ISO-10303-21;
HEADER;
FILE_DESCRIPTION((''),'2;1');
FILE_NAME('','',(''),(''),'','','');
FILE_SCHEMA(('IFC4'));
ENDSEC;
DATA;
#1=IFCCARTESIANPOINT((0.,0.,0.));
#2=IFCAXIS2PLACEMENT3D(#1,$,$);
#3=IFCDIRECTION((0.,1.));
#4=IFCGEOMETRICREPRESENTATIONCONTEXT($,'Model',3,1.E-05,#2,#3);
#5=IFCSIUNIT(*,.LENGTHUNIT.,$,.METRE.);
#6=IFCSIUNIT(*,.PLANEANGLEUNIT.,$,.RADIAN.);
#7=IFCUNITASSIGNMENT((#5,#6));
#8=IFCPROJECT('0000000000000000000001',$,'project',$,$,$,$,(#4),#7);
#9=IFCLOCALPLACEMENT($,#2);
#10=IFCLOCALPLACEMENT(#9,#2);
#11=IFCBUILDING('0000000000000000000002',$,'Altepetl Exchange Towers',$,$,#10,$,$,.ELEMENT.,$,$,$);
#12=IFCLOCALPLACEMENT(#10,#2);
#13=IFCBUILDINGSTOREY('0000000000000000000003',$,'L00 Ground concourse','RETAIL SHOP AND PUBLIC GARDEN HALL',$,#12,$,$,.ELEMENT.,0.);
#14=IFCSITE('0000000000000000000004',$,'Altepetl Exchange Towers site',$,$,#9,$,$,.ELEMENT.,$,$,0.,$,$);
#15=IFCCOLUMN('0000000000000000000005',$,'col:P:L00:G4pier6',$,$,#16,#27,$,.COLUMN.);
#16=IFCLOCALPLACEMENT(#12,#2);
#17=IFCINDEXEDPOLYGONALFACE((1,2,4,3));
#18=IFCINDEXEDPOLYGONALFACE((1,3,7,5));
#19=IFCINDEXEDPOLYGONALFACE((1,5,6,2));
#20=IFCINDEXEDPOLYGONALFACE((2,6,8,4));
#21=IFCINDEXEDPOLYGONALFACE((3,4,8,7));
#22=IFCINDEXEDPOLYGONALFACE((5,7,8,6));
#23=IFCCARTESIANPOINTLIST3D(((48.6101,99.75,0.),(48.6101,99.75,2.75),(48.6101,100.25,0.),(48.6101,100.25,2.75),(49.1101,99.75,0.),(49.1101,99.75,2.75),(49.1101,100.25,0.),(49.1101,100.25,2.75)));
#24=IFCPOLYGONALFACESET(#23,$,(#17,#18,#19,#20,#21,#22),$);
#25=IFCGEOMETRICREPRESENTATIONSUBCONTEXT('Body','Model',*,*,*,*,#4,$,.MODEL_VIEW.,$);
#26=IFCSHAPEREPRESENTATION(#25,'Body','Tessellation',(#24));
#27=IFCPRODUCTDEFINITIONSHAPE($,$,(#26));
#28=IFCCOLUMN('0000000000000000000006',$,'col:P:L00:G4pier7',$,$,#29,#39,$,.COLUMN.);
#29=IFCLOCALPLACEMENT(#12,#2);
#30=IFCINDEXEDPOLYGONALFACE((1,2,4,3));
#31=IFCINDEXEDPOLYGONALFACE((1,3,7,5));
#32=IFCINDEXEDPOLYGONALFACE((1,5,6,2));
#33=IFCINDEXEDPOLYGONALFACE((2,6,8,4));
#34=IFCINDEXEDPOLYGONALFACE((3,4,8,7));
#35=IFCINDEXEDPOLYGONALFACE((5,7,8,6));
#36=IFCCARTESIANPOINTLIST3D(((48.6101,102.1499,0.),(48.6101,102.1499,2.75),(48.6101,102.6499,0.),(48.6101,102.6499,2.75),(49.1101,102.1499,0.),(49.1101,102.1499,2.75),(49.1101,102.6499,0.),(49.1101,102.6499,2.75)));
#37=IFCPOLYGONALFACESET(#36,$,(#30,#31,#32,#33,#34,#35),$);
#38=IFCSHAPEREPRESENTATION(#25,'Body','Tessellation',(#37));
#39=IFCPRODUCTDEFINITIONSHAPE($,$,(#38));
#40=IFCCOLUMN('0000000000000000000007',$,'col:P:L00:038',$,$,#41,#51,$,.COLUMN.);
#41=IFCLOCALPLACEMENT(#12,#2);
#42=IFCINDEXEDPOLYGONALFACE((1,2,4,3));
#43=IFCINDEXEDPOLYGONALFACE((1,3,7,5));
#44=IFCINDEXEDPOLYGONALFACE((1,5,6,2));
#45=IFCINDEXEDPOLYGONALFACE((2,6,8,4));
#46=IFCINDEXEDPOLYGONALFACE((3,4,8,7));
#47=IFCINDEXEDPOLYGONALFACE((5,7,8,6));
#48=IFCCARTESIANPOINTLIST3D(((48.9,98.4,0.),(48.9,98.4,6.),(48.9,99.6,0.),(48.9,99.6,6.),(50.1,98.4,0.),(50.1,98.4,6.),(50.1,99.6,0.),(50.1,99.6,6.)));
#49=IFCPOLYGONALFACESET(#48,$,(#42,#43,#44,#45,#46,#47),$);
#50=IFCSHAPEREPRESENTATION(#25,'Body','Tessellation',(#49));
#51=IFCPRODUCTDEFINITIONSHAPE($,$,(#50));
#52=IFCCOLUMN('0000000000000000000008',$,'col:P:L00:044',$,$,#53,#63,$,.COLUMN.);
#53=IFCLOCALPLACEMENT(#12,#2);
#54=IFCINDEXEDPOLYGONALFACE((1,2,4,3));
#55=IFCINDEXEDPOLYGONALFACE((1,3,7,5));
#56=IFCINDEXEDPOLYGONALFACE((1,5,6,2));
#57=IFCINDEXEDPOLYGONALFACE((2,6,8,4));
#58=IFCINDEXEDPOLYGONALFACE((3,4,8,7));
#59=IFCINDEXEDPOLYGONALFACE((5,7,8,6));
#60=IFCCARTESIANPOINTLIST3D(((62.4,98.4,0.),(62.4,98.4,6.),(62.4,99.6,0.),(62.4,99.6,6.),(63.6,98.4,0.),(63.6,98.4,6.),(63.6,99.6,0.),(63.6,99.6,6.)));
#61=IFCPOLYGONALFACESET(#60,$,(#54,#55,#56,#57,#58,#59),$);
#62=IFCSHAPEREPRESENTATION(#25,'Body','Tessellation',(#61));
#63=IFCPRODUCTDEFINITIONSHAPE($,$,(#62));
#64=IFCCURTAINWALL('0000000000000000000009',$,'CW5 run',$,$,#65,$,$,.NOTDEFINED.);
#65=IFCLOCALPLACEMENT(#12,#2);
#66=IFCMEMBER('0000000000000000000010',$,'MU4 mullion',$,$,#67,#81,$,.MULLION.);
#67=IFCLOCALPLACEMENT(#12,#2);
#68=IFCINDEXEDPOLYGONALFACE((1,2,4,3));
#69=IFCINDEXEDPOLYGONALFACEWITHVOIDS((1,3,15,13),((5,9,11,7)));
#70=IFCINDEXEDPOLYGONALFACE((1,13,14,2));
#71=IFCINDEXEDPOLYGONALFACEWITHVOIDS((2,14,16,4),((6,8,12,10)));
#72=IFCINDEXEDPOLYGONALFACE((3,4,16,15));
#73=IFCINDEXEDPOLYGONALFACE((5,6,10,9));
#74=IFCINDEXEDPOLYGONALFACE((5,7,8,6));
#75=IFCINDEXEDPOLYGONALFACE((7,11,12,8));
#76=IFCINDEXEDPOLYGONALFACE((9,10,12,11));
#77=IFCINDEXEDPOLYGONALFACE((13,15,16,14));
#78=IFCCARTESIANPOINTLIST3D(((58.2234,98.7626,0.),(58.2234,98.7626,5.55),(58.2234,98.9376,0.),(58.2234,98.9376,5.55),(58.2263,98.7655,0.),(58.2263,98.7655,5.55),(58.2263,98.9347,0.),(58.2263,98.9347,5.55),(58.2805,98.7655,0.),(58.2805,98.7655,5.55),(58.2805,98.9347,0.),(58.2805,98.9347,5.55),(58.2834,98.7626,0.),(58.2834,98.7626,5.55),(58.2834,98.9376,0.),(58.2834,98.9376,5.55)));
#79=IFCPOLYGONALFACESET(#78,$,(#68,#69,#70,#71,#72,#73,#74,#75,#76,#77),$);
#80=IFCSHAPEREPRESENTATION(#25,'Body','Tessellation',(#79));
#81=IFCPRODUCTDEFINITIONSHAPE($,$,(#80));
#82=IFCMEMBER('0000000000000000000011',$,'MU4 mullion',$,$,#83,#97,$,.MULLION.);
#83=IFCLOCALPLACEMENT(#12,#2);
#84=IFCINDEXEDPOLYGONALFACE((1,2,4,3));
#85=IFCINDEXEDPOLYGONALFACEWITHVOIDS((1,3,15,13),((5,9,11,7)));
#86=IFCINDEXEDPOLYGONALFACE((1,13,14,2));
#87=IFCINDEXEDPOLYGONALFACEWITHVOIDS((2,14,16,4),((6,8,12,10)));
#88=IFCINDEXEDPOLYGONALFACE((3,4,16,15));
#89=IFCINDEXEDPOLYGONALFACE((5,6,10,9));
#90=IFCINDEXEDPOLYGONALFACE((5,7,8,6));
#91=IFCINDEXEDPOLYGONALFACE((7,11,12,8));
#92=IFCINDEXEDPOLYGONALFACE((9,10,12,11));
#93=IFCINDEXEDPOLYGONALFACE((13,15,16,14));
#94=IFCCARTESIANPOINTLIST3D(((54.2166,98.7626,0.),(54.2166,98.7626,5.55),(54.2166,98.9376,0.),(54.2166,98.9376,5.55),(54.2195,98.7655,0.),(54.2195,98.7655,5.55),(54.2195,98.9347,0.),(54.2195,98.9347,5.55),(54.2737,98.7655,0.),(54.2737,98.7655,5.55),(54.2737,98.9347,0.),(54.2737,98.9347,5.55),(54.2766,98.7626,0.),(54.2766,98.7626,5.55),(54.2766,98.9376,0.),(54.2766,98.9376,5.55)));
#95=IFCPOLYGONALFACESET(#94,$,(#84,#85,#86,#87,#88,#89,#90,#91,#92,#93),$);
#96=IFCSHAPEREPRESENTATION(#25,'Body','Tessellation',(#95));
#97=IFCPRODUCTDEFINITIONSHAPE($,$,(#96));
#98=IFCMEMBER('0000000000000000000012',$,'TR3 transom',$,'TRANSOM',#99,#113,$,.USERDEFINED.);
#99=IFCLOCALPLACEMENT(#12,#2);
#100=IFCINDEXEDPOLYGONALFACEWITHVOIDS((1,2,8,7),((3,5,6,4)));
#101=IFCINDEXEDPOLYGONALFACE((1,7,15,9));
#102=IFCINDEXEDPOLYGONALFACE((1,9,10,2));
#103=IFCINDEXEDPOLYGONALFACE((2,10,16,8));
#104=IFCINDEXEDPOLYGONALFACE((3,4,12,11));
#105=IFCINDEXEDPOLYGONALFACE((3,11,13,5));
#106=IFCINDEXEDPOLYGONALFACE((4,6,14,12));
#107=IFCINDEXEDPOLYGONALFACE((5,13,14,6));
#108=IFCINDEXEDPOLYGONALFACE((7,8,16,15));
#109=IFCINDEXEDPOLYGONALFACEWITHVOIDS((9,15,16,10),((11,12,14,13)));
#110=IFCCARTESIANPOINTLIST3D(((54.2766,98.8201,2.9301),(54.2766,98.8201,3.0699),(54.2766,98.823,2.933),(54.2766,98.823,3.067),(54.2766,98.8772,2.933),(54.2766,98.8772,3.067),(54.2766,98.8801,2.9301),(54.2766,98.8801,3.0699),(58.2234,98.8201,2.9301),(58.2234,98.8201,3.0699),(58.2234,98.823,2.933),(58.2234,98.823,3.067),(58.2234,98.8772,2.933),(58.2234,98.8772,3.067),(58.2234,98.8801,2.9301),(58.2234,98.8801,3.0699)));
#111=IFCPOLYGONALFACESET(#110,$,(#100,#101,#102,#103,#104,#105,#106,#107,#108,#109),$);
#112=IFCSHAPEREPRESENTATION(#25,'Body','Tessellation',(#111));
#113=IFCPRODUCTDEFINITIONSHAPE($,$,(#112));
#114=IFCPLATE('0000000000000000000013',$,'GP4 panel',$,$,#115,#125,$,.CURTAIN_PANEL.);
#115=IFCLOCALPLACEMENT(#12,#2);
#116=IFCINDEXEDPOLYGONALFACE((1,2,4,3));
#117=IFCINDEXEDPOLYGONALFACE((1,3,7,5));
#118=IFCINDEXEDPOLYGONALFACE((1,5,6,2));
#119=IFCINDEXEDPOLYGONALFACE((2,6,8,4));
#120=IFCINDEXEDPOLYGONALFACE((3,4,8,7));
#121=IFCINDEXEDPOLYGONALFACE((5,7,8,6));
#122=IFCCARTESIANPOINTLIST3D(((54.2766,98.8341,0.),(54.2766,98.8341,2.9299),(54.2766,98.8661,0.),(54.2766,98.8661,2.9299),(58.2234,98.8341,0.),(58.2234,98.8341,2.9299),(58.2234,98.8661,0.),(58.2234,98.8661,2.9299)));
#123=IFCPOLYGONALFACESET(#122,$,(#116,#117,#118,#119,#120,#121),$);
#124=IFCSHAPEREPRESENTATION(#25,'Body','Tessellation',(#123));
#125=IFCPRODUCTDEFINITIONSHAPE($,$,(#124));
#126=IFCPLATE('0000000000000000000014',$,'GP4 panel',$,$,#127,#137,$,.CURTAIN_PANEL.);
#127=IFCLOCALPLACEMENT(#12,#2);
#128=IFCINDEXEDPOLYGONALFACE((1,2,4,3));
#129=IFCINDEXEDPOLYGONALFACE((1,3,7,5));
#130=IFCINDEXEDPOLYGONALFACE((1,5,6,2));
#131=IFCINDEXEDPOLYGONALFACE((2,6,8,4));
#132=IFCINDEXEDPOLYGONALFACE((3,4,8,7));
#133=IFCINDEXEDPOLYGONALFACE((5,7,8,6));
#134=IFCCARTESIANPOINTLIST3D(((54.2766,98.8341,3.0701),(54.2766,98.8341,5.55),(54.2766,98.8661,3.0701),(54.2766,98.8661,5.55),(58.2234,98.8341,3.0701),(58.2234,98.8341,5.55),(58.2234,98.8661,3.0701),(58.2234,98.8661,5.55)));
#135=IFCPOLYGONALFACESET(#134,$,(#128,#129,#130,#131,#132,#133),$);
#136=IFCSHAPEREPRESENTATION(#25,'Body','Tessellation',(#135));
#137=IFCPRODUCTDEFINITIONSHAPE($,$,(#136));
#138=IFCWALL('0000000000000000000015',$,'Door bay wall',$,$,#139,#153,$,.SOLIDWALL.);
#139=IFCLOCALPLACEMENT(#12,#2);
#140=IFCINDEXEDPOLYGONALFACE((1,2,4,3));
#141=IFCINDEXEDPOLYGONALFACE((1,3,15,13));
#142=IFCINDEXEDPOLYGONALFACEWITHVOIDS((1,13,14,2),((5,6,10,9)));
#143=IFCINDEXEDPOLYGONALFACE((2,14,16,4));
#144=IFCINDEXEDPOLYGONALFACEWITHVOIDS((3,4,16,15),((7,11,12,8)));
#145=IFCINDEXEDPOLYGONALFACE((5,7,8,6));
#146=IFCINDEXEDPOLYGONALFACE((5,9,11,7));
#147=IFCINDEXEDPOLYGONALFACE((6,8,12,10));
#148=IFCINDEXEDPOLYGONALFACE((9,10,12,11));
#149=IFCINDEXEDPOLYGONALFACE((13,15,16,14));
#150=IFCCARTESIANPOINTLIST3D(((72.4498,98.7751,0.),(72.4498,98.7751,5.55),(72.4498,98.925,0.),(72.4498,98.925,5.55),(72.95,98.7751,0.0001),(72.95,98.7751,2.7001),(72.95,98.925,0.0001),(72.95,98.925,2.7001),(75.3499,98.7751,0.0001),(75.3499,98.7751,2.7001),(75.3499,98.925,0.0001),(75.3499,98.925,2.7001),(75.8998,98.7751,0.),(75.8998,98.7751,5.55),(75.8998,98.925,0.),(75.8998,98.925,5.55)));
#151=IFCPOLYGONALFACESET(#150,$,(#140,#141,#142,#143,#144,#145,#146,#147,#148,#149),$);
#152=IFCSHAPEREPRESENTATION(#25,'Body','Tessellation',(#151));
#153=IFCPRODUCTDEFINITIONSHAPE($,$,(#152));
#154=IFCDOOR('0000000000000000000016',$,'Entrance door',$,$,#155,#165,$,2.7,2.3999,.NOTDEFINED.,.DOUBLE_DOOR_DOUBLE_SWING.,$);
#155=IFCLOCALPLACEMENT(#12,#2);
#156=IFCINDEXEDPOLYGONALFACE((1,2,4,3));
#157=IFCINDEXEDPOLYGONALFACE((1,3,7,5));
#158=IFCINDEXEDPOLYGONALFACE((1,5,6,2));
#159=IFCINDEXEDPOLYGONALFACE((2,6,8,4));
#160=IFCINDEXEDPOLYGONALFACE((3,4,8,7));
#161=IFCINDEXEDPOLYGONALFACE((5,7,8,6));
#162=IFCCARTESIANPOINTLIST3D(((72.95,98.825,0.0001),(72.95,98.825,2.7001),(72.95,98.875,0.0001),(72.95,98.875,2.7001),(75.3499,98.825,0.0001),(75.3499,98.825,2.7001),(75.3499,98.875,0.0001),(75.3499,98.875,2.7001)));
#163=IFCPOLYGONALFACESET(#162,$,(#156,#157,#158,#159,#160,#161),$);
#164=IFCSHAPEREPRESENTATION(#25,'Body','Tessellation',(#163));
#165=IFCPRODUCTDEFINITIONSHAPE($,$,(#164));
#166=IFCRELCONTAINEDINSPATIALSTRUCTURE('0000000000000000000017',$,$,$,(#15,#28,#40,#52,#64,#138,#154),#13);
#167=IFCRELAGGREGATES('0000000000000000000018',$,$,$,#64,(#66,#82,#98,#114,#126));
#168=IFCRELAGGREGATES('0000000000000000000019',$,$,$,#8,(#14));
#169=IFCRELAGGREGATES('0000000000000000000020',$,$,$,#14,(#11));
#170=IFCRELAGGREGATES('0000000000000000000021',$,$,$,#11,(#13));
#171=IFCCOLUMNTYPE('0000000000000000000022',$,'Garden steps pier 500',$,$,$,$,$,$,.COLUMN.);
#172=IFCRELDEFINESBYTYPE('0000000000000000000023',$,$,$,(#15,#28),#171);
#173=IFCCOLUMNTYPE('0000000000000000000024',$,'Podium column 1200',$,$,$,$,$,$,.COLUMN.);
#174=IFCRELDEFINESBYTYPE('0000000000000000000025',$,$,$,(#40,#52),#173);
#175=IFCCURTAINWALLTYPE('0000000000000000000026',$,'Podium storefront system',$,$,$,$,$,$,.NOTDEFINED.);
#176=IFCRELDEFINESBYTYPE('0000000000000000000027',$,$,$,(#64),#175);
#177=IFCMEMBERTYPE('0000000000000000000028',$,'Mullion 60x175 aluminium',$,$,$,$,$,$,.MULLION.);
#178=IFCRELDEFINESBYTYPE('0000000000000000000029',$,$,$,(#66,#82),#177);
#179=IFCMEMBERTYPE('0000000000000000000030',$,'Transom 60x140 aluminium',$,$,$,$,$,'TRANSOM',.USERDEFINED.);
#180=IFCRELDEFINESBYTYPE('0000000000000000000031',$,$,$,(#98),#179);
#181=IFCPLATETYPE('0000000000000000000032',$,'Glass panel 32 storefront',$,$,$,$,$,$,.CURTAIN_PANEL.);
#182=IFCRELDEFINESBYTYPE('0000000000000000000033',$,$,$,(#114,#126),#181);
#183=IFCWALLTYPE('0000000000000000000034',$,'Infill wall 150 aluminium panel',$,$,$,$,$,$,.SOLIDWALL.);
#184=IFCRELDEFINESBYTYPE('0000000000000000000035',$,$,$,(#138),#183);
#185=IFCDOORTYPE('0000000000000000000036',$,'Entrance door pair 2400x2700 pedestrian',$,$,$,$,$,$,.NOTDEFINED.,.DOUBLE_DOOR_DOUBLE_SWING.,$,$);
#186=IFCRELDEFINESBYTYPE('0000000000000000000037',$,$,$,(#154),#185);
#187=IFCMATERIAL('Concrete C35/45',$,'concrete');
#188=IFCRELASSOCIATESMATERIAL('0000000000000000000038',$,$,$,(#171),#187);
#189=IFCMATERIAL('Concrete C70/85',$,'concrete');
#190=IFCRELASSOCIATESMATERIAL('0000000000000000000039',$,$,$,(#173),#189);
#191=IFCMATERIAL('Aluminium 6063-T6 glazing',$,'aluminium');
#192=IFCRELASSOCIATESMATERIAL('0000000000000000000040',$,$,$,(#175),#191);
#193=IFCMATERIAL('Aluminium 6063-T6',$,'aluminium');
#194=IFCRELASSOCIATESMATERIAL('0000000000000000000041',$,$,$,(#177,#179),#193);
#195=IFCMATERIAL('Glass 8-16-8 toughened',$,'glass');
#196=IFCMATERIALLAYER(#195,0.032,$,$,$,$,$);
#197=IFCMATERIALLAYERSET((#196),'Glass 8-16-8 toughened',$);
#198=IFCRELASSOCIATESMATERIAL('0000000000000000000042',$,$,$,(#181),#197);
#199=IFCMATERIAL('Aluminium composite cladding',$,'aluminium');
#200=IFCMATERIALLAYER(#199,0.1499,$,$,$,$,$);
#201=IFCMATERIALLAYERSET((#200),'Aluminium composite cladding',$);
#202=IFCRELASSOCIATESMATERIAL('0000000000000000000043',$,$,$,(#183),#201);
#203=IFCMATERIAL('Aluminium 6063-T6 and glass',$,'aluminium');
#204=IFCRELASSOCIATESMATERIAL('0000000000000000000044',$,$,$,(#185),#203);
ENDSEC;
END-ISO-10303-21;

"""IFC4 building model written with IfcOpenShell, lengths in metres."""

from ifc_helpers import new_model, si_unit, direction, frame, frame_2d, origin, origin_2d, place, context, subcontext, project, spatial, rectangle, hollow_rectangle, extrude, material, layer, layer_set, material_profile, profile_set, type_object, element, fill, aggregate, save


model = new_model("IFC4")

# Units and contexts
model_context = context("Model", 3, precision=1e-05, world=origin(), true_north=direction((0.0, 1.0)))
body_context = subcontext(model_context, "Body", "Model", "MODEL_VIEW")
ifc_project = project(units=[si_unit("LENGTHUNIT", "METRE"), si_unit("PLANEANGLEUNIT", "RADIAN")], contexts=[model_context])

# Site, building, storey
site_placement = place(None, origin())
site = spatial("IfcSite", under=ifc_project, at=site_placement, Name="Altepetl Exchange Towers site", CompositionType="ELEMENT", RefElevation=0.0)
building_placement = place(site_placement, origin())
building = spatial("IfcBuilding", under=site, at=building_placement, Name="Altepetl Exchange Towers", CompositionType="ELEMENT")
storey_placement = place(building_placement, origin())
storey = spatial("IfcBuildingStorey", under=building, at=storey_placement, Name="L00 Ground concourse", Description="RETAIL SHOP AND PUBLIC GARDEN HALL", CompositionType="ELEMENT", Elevation=0.0)

# Columns
ifc_material_1 = material(Name="Concrete C35/45", Category="concrete")
ifc_material_profile_1 = material_profile(ifc_material_1, rectangle(XDim=0.5, YDim=0.5, at=origin_2d()), Name="500 x 500")
ifc_profile_set_1 = profile_set([ifc_material_profile_1], Name="Concrete C35/45")
column_type_1 = type_object("IfcColumnType", Name="Garden steps pier 500", PredefinedType="COLUMN", material=ifc_profile_set_1)
for number, where, name in (
    (1, (48.8601, 100.0, 0.0), "col:P:L00:G4pier6"),
    (2, (48.8601, 102.3999, 0.0), "col:P:L00:G4pier7"),
):
    element("IfcColumn", number, at=place(storey_placement, frame(where)), inside=storey, type_object=column_type_1, Name=name, PredefinedType="COLUMN", context=body_context, shape_type="SweptSolid", body=[
        extrude(rectangle(XDim=0.5, YDim=0.5, at=origin_2d()), origin(), (0.0, 0.0, 1.0), 2.75),
    ])
ifc_material_2 = material(Name="Concrete C70/85", Category="concrete")
ifc_material_profile_2 = material_profile(ifc_material_2, rectangle(XDim=1.2, YDim=1.2, at=origin_2d()), Name="1200 x 1200")
ifc_profile_set_2 = profile_set([ifc_material_profile_2], Name="Concrete C70/85")
column_type_2 = type_object("IfcColumnType", Name="Podium column 1200", PredefinedType="COLUMN", material=ifc_profile_set_2)
for number, where, name in (
    (3, (49.5, 99.0, 0.0), "col:P:L00:038"),
    (4, (63.0, 99.0, 0.0), "col:P:L00:044"),
):
    element("IfcColumn", number, at=place(storey_placement, frame(where)), inside=storey, type_object=column_type_2, Name=name, PredefinedType="COLUMN", context=body_context, shape_type="SweptSolid", body=[
        extrude(rectangle(XDim=1.2, YDim=1.2, at=origin_2d()), origin(), (0.0, 0.0, 1.0), 6.0),
    ])

# Curtain wall, members, plates
ifc_material_3 = material(Name="Aluminium 6063-T6 glazing", Category="aluminium")
curtain_wall_type = type_object("IfcCurtainWallType", Name="Podium storefront system", PredefinedType="NOTDEFINED", material=ifc_material_3)
curtain_wall_placement = place(storey_placement, origin())
curtain_wall = element("IfcCurtainWall", 5, at=curtain_wall_placement, inside=storey, type_object=curtain_wall_type, Name="CW5 run", PredefinedType="NOTDEFINED")
ifc_material_4 = material(Name="Aluminium 6063-T6", Category="aluminium")
ifc_material_profile_3 = material_profile(ifc_material_4, hollow_rectangle(XDim=0.0601, YDim=0.175, WallThickness=0.0029, at=origin_2d()), Name="Mullion 60x175 aluminium")
ifc_profile_set_3 = profile_set([ifc_material_profile_3], Name="Aluminium 6063-T6")
member_type_1 = type_object("IfcMemberType", Name="Mullion 60x175 aluminium", PredefinedType="MULLION", material=ifc_profile_set_3)
member_1_placement = place(storey_placement, frame((58.2534, 98.8501, 0.0), z_axis=(0.0, 0.0, 1.0), x_axis=(-1.0, 0.0, 0.0)))
member_1 = element("IfcMember", 6, at=member_1_placement, type_object=member_type_1, Name="MU4 mullion", PredefinedType="MULLION", context=body_context, shape_type="SweptSolid", body=[
    extrude(hollow_rectangle(XDim=0.0601, YDim=0.175, WallThickness=0.0029, at=origin_2d()), origin(), (0.0, 0.0, 1.0), 5.55),
])
member_2_placement = place(storey_placement, frame((54.2466, 98.8501, 0.0), z_axis=(0.0, 0.0, 1.0), x_axis=(-1.0, 0.0, 0.0)))
member_2 = element("IfcMember", 7, at=member_2_placement, type_object=member_type_1, Name="MU4 mullion", PredefinedType="MULLION", context=body_context, shape_type="SweptSolid", body=[
    extrude(hollow_rectangle(XDim=0.0601, YDim=0.175, WallThickness=0.0029, at=origin_2d()), origin(), (0.0, 0.0, 1.0), 5.55),
])
ifc_material_profile_4 = material_profile(ifc_material_4, hollow_rectangle(XDim=0.0601, YDim=0.1399, WallThickness=0.0029, at=origin_2d()), Name="Transom 60x140 aluminium")
ifc_profile_set_4 = profile_set([ifc_material_profile_4], Name="Aluminium 6063-T6")
member_type_2 = type_object("IfcMemberType", Name="Transom 60x140 aluminium", ElementType="TRANSOM", PredefinedType="USERDEFINED", material=ifc_profile_set_4)
member_3_placement = place(storey_placement, frame((58.2234, 98.8501, 3.0), z_axis=(-1.0, 0.0, 0.0), x_axis=(0.0, -1.0, 0.0)))
member_3 = element("IfcMember", 8, at=member_3_placement, type_object=member_type_2, Name="TR3 transom", ObjectType="TRANSOM", PredefinedType="USERDEFINED", context=body_context, shape_type="SweptSolid", body=[
    extrude(hollow_rectangle(XDim=0.0601, YDim=0.1399, WallThickness=0.0029, at=origin_2d()), origin(), (0.0, 0.0, 1.0), 3.9468),
])
ifc_material_5 = material(Name="Glass 8-16-8 toughened", Category="glass")
ifc_layer_1 = layer(ifc_material_5, 0.032)
ifc_layer_set_1 = layer_set([ifc_layer_1], Name="Glass 8-16-8 toughened")
plate_type = type_object("IfcPlateType", Name="Glass panel 32 storefront", PredefinedType="CURTAIN_PANEL", material=ifc_layer_set_1)
plate_1_placement = place(storey_placement, frame((56.25, 98.8501, 0.0), z_axis=(0.0, 0.0, 1.0), x_axis=(-1.0, 0.0, 0.0)))
plate_1 = element("IfcPlate", 9, at=plate_1_placement, type_object=plate_type, Name="GP4 panel", PredefinedType="CURTAIN_PANEL", context=body_context, shape_type="SweptSolid", body=[
    extrude(rectangle(XDim=3.9468, YDim=0.032, at=origin_2d()), origin(), (0.0, 0.0, 1.0), 2.9299),
])
plate_2_placement = place(storey_placement, frame((56.25, 98.8501, 3.0701), z_axis=(0.0, 0.0, 1.0), x_axis=(-1.0, 0.0, 0.0)))
plate_2 = element("IfcPlate", 10, at=plate_2_placement, type_object=plate_type, Name="GP4 panel", PredefinedType="CURTAIN_PANEL", context=body_context, shape_type="SweptSolid", body=[
    extrude(rectangle(XDim=3.9468, YDim=0.032, at=origin_2d()), origin(), (0.0, 0.0, 1.0), 2.48),
])
aggregate(curtain_wall, [member_1, member_2, member_3, plate_1, plate_2])

# Wall, opening, door
ifc_material_6 = material(Name="Aluminium composite cladding", Category="aluminium")
ifc_layer_2 = layer(ifc_material_6, 0.1499)
ifc_layer_set_2 = layer_set([ifc_layer_2], Name="Aluminium composite cladding")
wall_type_1 = type_object("IfcWallType", Name="Infill wall 150 aluminium panel", PredefinedType="SOLIDWALL", material=ifc_layer_set_2)
wall_1_placement = place(storey_placement, frame((75.8999, 98.8501, 0.0), z_axis=(0.0, 0.0, 1.0), x_axis=(-1.0, 0.0, 0.0)))
wall_1 = element("IfcWall", 11, at=wall_1_placement, inside=storey, type_object=wall_type_1, Name="Door bay wall", PredefinedType="SOLIDWALL", context=body_context, shape_type="SweptSolid", body=[
    extrude(rectangle(XDim=3.45, YDim=0.1499, at=frame_2d((1.7251, 0.0))), origin(), (0.0, 0.0, 1.0), 5.55),
])
opening_1_placement = place(wall_1_placement, frame((0.55, 0.0, 0.0)))
opening_1 = element("IfcOpeningElement", 12, at=opening_1_placement, cuts=wall_1, PredefinedType="OPENING", context=body_context, shape_type="SweptSolid", body=[
    extrude(rectangle(XDim=2.3999, YDim=2.7, at=frame_2d((1.2, 1.3501))), frame((0.0, 0.085, 0.0), z_axis=(0.0, -1.0, 0.0), x_axis=(1.0, 0.0, 0.0)), (0.0, 0.0, 1.0), 0.1699),
])
ifc_material_7 = material(Name="Aluminium 6063-T6 and glass", Category="aluminium")
door_type = type_object("IfcDoorType", Name="Entrance door pair 2400x2700 pedestrian", OperationType="DOUBLE_DOOR_DOUBLE_SWING", PredefinedType="NOTDEFINED", material=ifc_material_7)
door_1_placement = place(opening_1_placement, frame((2.3999, 0.0, 0.0), x_axis=(-1.0, 0.0, 0.0)))
door_1 = element("IfcDoor", 13, at=door_1_placement, inside=storey, type_object=door_type, Name="Entrance door", OperationType="DOUBLE_DOOR_DOUBLE_SWING", OverallHeight=2.7, OverallWidth=2.3999, PredefinedType="NOTDEFINED", context=body_context, shape_type="SweptSolid", body=[
    extrude(rectangle(XDim=2.3999, YDim=2.7, at=frame_2d((1.2, 1.3501))), frame((0.0, 0.0249, 0.0), z_axis=(0.0, -1.0, 0.0), x_axis=(1.0, 0.0, 0.0)), (0.0, 0.0, 1.0), 0.05),
])
fill(opening_1, door_1)

save(model, "model.ifc")
